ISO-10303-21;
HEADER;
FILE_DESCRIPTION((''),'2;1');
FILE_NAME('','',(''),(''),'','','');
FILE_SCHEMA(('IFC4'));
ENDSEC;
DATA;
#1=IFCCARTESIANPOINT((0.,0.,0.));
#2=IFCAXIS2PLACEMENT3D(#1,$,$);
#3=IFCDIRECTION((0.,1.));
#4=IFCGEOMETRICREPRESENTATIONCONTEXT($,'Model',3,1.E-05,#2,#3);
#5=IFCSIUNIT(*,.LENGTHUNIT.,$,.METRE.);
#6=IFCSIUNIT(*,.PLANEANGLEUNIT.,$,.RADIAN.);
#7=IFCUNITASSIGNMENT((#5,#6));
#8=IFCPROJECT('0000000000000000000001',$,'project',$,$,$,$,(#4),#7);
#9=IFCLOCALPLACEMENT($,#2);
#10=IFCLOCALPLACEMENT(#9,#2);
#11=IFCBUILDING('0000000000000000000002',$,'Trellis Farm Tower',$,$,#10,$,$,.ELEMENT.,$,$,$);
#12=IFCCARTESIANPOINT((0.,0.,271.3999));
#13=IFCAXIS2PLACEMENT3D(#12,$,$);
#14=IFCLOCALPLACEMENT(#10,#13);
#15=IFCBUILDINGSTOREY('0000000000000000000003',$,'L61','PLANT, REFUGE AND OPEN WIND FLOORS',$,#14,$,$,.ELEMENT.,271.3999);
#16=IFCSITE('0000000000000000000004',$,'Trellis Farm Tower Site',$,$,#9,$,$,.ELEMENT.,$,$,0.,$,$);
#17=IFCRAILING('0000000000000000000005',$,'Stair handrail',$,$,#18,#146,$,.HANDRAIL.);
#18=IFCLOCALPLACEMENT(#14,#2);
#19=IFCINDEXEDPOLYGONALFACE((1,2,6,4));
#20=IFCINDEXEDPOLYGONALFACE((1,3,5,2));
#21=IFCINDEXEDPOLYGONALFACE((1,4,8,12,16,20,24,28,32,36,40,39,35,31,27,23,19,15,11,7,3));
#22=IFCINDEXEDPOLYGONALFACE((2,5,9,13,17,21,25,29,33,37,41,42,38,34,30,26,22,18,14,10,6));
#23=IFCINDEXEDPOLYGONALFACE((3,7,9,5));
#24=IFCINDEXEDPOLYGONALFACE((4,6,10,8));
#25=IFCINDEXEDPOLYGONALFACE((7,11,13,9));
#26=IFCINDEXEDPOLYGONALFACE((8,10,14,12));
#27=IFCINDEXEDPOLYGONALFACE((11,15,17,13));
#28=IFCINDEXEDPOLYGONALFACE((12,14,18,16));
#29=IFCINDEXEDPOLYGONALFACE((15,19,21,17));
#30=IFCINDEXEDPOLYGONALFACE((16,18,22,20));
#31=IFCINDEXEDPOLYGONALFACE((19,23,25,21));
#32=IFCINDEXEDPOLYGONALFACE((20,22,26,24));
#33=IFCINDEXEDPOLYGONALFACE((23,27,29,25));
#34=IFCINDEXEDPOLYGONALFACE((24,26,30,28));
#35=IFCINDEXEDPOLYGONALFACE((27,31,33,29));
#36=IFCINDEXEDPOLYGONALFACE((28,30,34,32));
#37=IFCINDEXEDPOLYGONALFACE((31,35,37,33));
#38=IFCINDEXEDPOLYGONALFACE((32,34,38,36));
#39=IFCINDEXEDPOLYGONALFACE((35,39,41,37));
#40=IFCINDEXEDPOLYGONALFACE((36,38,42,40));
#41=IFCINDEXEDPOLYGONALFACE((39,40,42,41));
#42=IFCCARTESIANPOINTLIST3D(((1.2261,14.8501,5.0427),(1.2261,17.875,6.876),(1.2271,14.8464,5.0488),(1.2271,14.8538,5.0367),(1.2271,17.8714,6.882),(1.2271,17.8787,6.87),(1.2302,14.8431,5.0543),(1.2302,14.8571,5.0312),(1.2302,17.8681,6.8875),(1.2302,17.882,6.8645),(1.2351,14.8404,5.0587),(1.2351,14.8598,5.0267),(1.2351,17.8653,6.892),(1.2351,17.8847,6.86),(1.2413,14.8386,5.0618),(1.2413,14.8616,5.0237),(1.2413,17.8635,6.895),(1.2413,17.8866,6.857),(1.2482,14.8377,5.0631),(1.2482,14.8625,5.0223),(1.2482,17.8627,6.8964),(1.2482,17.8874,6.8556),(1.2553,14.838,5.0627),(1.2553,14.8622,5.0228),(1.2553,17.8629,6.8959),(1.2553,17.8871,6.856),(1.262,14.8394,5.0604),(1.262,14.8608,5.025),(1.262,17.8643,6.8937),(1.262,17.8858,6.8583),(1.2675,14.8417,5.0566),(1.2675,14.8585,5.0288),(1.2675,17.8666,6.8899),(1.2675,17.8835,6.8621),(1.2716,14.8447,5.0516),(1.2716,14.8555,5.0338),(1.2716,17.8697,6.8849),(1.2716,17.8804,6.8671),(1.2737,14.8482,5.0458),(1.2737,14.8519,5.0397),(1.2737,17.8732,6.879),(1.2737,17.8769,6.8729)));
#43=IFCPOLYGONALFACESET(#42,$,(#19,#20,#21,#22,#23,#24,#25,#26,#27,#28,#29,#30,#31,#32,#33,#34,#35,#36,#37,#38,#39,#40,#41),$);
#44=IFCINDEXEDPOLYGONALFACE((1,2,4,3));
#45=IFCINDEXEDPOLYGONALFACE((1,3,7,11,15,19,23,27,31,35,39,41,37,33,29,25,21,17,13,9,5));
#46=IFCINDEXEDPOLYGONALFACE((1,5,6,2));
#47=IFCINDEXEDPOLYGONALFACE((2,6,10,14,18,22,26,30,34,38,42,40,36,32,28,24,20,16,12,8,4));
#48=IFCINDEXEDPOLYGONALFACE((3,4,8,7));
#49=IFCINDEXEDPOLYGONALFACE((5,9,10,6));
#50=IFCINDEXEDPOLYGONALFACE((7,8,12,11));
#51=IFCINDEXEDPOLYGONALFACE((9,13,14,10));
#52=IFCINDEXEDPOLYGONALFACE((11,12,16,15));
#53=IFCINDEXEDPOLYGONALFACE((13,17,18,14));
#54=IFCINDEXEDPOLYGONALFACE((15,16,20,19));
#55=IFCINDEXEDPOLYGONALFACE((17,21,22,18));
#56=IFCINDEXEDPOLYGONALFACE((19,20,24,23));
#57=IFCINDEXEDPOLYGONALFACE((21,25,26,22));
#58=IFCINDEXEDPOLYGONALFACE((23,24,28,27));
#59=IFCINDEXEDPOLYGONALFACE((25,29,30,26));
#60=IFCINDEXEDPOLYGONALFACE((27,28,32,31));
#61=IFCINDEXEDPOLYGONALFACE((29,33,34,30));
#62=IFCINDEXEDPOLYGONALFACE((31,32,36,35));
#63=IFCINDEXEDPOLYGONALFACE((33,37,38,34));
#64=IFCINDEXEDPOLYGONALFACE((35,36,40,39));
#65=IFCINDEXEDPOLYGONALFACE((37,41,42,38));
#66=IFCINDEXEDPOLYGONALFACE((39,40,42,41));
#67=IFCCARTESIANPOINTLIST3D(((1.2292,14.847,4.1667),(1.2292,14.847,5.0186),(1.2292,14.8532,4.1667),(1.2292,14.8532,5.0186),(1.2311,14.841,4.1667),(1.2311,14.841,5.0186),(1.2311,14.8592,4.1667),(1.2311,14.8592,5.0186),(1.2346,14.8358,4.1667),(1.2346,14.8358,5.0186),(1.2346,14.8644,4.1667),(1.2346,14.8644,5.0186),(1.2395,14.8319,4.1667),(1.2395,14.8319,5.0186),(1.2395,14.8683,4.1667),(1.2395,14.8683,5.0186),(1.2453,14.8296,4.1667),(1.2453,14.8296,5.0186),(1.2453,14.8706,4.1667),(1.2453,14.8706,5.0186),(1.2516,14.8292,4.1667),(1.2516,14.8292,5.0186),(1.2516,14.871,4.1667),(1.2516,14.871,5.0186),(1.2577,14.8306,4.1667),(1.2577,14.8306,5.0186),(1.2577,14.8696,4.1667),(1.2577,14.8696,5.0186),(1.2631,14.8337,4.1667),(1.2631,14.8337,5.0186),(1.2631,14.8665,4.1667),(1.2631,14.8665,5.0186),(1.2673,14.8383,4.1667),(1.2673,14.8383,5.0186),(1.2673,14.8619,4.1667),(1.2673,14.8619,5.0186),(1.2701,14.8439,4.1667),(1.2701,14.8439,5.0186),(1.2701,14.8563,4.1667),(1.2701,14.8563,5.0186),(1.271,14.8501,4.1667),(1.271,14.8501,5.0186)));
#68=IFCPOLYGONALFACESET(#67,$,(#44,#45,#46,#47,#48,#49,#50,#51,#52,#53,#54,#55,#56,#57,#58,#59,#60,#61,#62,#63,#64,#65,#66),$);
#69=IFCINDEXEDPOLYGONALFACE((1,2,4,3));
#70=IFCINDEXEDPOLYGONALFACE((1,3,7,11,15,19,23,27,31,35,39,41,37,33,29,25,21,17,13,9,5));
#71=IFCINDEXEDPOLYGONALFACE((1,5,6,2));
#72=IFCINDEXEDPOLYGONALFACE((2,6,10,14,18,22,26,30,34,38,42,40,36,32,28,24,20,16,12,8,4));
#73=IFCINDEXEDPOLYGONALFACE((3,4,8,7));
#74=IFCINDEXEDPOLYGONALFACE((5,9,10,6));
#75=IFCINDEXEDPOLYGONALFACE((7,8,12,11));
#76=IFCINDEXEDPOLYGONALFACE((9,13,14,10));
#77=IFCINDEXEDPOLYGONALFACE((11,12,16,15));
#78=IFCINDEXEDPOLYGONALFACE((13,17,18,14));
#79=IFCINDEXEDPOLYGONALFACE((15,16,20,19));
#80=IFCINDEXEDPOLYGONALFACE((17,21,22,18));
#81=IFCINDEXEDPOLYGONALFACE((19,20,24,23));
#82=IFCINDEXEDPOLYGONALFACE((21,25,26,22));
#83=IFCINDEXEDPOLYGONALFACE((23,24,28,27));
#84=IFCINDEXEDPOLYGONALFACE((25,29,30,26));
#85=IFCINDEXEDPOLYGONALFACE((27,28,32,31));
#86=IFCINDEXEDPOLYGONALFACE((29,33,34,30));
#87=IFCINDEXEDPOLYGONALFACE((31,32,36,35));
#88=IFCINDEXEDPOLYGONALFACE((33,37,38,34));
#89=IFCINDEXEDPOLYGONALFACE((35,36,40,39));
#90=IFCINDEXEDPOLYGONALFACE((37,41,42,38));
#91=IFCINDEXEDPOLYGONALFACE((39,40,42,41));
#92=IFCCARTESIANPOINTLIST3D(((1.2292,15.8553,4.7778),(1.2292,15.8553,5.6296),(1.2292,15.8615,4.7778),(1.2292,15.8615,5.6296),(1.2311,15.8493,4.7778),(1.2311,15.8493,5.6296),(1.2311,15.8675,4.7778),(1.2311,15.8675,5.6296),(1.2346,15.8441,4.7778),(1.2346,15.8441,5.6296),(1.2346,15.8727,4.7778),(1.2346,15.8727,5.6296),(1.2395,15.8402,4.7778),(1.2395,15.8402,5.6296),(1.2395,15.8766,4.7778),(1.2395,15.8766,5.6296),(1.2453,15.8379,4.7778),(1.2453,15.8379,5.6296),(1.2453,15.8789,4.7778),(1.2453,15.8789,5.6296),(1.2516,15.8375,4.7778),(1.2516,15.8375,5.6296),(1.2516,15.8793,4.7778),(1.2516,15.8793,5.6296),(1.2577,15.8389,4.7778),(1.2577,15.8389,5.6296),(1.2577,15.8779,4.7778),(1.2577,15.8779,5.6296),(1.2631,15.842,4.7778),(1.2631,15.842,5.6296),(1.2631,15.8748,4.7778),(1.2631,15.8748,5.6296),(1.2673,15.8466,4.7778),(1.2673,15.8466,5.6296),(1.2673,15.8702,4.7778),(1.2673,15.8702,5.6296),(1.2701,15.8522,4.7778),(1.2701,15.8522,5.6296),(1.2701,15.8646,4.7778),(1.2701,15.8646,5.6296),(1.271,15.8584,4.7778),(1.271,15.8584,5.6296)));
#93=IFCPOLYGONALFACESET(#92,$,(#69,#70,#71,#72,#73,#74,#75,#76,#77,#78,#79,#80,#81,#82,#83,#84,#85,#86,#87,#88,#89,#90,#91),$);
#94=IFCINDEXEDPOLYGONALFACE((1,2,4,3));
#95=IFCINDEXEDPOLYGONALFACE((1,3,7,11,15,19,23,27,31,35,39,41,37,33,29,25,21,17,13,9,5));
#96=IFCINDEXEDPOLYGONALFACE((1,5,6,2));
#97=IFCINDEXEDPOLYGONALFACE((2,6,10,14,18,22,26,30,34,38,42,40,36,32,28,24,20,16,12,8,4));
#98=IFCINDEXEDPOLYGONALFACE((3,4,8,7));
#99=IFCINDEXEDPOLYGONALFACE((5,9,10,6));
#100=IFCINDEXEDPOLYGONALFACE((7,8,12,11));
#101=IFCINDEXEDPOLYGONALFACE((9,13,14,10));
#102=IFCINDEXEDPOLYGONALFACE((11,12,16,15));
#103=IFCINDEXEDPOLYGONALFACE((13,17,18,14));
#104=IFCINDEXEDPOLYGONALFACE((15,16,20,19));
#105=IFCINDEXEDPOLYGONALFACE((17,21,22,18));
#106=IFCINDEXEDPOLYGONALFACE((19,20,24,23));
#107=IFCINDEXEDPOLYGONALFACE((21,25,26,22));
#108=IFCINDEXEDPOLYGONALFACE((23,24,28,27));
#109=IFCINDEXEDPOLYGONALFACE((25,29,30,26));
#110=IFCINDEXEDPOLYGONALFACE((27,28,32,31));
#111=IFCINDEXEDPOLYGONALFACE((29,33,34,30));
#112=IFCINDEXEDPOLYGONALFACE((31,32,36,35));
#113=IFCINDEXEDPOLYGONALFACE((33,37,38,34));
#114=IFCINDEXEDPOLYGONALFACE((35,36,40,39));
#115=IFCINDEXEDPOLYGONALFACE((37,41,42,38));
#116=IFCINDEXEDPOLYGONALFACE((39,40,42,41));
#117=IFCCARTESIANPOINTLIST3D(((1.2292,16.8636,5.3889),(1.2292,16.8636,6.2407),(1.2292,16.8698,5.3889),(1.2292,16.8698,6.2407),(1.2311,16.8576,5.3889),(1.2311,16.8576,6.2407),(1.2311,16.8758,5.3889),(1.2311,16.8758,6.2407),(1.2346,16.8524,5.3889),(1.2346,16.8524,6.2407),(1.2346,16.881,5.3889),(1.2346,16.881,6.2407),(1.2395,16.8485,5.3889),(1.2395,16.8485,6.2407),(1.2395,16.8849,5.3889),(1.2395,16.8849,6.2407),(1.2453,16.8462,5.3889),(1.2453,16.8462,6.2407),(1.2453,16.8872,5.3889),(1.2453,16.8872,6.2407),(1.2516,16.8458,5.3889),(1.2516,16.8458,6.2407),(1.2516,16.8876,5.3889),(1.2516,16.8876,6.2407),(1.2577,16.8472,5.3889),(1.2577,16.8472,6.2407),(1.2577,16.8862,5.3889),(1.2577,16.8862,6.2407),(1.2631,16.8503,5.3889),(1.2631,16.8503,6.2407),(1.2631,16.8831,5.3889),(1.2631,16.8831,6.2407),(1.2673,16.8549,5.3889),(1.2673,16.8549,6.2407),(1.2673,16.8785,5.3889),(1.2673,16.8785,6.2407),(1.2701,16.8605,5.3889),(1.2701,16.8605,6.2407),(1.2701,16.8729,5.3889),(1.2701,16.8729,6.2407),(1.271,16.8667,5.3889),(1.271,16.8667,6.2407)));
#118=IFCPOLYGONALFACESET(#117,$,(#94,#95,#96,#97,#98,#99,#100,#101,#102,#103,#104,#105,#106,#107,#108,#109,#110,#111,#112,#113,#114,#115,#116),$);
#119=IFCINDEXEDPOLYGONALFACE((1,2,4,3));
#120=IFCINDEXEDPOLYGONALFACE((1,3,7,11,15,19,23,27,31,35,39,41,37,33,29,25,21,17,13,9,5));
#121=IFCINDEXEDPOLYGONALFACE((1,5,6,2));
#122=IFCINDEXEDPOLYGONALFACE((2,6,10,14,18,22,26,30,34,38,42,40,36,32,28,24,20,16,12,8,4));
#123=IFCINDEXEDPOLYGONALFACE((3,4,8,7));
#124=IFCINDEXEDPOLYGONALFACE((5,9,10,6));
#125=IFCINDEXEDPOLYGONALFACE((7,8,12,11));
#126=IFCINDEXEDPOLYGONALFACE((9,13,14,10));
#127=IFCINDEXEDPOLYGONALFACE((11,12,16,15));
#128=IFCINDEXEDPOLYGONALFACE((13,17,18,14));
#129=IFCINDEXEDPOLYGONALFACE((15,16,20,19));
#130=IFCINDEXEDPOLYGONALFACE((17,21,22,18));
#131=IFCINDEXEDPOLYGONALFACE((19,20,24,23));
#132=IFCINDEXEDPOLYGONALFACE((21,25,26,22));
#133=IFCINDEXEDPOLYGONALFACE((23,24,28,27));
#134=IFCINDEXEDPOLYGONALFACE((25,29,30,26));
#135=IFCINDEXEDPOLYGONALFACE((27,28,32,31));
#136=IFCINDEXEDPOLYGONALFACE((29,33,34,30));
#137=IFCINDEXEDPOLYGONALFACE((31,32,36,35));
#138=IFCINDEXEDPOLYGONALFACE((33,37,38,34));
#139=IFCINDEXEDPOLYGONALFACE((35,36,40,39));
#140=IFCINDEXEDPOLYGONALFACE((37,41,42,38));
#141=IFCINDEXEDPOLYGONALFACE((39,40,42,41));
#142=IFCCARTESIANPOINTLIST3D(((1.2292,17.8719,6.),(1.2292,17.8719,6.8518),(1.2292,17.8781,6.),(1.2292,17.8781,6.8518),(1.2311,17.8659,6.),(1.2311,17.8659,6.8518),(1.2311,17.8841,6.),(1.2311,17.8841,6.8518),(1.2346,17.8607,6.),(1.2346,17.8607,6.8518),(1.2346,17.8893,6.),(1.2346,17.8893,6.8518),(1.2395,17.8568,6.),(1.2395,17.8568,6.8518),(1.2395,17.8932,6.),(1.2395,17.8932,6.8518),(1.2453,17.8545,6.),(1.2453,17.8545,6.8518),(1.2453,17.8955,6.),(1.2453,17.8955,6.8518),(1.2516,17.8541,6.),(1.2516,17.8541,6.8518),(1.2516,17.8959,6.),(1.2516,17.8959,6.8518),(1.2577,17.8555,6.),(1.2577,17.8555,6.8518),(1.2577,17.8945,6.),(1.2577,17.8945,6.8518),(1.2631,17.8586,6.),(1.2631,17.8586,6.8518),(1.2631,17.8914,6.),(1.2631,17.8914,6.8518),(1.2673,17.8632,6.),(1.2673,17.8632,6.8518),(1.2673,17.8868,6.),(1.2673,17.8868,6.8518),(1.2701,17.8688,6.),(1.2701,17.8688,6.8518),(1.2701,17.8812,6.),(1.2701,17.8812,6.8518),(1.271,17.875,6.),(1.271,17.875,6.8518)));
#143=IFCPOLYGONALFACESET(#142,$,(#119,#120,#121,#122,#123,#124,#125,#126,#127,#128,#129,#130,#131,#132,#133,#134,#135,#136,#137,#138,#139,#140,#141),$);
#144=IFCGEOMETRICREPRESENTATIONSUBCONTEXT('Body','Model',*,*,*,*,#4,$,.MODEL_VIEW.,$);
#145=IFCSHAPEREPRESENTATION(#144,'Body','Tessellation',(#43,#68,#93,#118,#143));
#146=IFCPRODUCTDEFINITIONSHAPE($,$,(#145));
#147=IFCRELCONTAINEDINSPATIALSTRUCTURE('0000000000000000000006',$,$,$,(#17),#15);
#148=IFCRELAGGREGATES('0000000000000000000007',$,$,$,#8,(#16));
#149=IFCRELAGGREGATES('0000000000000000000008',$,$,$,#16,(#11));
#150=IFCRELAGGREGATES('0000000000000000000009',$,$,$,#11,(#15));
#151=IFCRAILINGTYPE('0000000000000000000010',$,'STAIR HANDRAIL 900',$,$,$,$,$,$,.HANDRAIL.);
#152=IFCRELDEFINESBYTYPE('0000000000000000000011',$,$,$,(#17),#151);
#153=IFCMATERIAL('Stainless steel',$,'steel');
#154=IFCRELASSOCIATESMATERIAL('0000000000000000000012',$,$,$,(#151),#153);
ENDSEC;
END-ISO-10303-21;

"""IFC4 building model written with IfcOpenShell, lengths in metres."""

from ifc_helpers import new_model, si_unit, direction, frame, origin, origin_2d, place, context, subcontext, project, spatial, circle, extrude, source, transform, mapped, material, type_object, element, save


model = new_model("IFC4")

# Units and contexts
model_context = context("Model", 3, precision=1e-05, world=origin(), true_north=direction((0.0, 1.0)))
body_context = subcontext(model_context, "Body", "Model", "MODEL_VIEW")
ifc_project = project(units=[si_unit("LENGTHUNIT", "METRE"), si_unit("PLANEANGLEUNIT", "RADIAN")], contexts=[model_context])

# Site, building, storey
site_placement = place(None, origin())
site = spatial("IfcSite", under=ifc_project, at=site_placement, Name="Trellis Farm Tower Site", CompositionType="ELEMENT", RefElevation=0.0)
building_placement = place(site_placement, origin())
building = spatial("IfcBuilding", under=site, at=building_placement, Name="Trellis Farm Tower", CompositionType="ELEMENT")
storey_placement = place(building_placement, frame((0.0, 0.0, 271.3999)))
storey = spatial("IfcBuildingStorey", under=building, at=storey_placement, Name="L61", Description="PLANT, REFUGE AND OPEN WIND FLOORS", CompositionType="ELEMENT", Elevation=271.3999)

# Railing
ifc_material_1 = material(Name="Stainless steel", Category="steel")
railing_type_1 = type_object("IfcRailingType", Name="STAIR HANDRAIL 900", PredefinedType="HANDRAIL", material=ifc_material_1)
shared_shape_1 = source(origin(), body_context, "Body", "SweptSolid", [
    extrude(circle(Radius=0.0239, at=origin_2d()), frame((0.0, 0.0, 0.876), z_axis=(0.0, 0.855201, 0.518297), x_axis=(-1.0, 0.0, 0.0)), (0.0, 0.0, 1.0), 3.5371),
    extrude(circle(Radius=0.021, at=origin_2d()), origin(), (0.0, 0.0, 1.0), 0.8518),
    extrude(circle(Radius=0.021, at=origin_2d()), frame((0.0, 1.0083, 0.6111)), (0.0, 0.0, 1.0), 0.8518),
    extrude(circle(Radius=0.021, at=origin_2d()), frame((0.0, 2.0166, 1.2222)), (0.0, 0.0, 1.0), 0.8518),
    extrude(circle(Radius=0.021, at=origin_2d()), frame((0.0, 3.0249, 1.8333)), (0.0, 0.0, 1.0), 0.8518),
])
for number, where, name in (
    (1, (1.25, 14.8501, 4.1667), "Stair handrail"),
):
    element("IfcRailing", number, at=place(storey_placement, frame(where)), inside=storey, type_object=railing_type_1, Name=name, PredefinedType="HANDRAIL", context=body_context, shape_type="MappedRepresentation", body=[
        mapped(shared_shape_1, transform((0.0, 0.0, 0.0))),
    ])

save(model, "model.ifc")
